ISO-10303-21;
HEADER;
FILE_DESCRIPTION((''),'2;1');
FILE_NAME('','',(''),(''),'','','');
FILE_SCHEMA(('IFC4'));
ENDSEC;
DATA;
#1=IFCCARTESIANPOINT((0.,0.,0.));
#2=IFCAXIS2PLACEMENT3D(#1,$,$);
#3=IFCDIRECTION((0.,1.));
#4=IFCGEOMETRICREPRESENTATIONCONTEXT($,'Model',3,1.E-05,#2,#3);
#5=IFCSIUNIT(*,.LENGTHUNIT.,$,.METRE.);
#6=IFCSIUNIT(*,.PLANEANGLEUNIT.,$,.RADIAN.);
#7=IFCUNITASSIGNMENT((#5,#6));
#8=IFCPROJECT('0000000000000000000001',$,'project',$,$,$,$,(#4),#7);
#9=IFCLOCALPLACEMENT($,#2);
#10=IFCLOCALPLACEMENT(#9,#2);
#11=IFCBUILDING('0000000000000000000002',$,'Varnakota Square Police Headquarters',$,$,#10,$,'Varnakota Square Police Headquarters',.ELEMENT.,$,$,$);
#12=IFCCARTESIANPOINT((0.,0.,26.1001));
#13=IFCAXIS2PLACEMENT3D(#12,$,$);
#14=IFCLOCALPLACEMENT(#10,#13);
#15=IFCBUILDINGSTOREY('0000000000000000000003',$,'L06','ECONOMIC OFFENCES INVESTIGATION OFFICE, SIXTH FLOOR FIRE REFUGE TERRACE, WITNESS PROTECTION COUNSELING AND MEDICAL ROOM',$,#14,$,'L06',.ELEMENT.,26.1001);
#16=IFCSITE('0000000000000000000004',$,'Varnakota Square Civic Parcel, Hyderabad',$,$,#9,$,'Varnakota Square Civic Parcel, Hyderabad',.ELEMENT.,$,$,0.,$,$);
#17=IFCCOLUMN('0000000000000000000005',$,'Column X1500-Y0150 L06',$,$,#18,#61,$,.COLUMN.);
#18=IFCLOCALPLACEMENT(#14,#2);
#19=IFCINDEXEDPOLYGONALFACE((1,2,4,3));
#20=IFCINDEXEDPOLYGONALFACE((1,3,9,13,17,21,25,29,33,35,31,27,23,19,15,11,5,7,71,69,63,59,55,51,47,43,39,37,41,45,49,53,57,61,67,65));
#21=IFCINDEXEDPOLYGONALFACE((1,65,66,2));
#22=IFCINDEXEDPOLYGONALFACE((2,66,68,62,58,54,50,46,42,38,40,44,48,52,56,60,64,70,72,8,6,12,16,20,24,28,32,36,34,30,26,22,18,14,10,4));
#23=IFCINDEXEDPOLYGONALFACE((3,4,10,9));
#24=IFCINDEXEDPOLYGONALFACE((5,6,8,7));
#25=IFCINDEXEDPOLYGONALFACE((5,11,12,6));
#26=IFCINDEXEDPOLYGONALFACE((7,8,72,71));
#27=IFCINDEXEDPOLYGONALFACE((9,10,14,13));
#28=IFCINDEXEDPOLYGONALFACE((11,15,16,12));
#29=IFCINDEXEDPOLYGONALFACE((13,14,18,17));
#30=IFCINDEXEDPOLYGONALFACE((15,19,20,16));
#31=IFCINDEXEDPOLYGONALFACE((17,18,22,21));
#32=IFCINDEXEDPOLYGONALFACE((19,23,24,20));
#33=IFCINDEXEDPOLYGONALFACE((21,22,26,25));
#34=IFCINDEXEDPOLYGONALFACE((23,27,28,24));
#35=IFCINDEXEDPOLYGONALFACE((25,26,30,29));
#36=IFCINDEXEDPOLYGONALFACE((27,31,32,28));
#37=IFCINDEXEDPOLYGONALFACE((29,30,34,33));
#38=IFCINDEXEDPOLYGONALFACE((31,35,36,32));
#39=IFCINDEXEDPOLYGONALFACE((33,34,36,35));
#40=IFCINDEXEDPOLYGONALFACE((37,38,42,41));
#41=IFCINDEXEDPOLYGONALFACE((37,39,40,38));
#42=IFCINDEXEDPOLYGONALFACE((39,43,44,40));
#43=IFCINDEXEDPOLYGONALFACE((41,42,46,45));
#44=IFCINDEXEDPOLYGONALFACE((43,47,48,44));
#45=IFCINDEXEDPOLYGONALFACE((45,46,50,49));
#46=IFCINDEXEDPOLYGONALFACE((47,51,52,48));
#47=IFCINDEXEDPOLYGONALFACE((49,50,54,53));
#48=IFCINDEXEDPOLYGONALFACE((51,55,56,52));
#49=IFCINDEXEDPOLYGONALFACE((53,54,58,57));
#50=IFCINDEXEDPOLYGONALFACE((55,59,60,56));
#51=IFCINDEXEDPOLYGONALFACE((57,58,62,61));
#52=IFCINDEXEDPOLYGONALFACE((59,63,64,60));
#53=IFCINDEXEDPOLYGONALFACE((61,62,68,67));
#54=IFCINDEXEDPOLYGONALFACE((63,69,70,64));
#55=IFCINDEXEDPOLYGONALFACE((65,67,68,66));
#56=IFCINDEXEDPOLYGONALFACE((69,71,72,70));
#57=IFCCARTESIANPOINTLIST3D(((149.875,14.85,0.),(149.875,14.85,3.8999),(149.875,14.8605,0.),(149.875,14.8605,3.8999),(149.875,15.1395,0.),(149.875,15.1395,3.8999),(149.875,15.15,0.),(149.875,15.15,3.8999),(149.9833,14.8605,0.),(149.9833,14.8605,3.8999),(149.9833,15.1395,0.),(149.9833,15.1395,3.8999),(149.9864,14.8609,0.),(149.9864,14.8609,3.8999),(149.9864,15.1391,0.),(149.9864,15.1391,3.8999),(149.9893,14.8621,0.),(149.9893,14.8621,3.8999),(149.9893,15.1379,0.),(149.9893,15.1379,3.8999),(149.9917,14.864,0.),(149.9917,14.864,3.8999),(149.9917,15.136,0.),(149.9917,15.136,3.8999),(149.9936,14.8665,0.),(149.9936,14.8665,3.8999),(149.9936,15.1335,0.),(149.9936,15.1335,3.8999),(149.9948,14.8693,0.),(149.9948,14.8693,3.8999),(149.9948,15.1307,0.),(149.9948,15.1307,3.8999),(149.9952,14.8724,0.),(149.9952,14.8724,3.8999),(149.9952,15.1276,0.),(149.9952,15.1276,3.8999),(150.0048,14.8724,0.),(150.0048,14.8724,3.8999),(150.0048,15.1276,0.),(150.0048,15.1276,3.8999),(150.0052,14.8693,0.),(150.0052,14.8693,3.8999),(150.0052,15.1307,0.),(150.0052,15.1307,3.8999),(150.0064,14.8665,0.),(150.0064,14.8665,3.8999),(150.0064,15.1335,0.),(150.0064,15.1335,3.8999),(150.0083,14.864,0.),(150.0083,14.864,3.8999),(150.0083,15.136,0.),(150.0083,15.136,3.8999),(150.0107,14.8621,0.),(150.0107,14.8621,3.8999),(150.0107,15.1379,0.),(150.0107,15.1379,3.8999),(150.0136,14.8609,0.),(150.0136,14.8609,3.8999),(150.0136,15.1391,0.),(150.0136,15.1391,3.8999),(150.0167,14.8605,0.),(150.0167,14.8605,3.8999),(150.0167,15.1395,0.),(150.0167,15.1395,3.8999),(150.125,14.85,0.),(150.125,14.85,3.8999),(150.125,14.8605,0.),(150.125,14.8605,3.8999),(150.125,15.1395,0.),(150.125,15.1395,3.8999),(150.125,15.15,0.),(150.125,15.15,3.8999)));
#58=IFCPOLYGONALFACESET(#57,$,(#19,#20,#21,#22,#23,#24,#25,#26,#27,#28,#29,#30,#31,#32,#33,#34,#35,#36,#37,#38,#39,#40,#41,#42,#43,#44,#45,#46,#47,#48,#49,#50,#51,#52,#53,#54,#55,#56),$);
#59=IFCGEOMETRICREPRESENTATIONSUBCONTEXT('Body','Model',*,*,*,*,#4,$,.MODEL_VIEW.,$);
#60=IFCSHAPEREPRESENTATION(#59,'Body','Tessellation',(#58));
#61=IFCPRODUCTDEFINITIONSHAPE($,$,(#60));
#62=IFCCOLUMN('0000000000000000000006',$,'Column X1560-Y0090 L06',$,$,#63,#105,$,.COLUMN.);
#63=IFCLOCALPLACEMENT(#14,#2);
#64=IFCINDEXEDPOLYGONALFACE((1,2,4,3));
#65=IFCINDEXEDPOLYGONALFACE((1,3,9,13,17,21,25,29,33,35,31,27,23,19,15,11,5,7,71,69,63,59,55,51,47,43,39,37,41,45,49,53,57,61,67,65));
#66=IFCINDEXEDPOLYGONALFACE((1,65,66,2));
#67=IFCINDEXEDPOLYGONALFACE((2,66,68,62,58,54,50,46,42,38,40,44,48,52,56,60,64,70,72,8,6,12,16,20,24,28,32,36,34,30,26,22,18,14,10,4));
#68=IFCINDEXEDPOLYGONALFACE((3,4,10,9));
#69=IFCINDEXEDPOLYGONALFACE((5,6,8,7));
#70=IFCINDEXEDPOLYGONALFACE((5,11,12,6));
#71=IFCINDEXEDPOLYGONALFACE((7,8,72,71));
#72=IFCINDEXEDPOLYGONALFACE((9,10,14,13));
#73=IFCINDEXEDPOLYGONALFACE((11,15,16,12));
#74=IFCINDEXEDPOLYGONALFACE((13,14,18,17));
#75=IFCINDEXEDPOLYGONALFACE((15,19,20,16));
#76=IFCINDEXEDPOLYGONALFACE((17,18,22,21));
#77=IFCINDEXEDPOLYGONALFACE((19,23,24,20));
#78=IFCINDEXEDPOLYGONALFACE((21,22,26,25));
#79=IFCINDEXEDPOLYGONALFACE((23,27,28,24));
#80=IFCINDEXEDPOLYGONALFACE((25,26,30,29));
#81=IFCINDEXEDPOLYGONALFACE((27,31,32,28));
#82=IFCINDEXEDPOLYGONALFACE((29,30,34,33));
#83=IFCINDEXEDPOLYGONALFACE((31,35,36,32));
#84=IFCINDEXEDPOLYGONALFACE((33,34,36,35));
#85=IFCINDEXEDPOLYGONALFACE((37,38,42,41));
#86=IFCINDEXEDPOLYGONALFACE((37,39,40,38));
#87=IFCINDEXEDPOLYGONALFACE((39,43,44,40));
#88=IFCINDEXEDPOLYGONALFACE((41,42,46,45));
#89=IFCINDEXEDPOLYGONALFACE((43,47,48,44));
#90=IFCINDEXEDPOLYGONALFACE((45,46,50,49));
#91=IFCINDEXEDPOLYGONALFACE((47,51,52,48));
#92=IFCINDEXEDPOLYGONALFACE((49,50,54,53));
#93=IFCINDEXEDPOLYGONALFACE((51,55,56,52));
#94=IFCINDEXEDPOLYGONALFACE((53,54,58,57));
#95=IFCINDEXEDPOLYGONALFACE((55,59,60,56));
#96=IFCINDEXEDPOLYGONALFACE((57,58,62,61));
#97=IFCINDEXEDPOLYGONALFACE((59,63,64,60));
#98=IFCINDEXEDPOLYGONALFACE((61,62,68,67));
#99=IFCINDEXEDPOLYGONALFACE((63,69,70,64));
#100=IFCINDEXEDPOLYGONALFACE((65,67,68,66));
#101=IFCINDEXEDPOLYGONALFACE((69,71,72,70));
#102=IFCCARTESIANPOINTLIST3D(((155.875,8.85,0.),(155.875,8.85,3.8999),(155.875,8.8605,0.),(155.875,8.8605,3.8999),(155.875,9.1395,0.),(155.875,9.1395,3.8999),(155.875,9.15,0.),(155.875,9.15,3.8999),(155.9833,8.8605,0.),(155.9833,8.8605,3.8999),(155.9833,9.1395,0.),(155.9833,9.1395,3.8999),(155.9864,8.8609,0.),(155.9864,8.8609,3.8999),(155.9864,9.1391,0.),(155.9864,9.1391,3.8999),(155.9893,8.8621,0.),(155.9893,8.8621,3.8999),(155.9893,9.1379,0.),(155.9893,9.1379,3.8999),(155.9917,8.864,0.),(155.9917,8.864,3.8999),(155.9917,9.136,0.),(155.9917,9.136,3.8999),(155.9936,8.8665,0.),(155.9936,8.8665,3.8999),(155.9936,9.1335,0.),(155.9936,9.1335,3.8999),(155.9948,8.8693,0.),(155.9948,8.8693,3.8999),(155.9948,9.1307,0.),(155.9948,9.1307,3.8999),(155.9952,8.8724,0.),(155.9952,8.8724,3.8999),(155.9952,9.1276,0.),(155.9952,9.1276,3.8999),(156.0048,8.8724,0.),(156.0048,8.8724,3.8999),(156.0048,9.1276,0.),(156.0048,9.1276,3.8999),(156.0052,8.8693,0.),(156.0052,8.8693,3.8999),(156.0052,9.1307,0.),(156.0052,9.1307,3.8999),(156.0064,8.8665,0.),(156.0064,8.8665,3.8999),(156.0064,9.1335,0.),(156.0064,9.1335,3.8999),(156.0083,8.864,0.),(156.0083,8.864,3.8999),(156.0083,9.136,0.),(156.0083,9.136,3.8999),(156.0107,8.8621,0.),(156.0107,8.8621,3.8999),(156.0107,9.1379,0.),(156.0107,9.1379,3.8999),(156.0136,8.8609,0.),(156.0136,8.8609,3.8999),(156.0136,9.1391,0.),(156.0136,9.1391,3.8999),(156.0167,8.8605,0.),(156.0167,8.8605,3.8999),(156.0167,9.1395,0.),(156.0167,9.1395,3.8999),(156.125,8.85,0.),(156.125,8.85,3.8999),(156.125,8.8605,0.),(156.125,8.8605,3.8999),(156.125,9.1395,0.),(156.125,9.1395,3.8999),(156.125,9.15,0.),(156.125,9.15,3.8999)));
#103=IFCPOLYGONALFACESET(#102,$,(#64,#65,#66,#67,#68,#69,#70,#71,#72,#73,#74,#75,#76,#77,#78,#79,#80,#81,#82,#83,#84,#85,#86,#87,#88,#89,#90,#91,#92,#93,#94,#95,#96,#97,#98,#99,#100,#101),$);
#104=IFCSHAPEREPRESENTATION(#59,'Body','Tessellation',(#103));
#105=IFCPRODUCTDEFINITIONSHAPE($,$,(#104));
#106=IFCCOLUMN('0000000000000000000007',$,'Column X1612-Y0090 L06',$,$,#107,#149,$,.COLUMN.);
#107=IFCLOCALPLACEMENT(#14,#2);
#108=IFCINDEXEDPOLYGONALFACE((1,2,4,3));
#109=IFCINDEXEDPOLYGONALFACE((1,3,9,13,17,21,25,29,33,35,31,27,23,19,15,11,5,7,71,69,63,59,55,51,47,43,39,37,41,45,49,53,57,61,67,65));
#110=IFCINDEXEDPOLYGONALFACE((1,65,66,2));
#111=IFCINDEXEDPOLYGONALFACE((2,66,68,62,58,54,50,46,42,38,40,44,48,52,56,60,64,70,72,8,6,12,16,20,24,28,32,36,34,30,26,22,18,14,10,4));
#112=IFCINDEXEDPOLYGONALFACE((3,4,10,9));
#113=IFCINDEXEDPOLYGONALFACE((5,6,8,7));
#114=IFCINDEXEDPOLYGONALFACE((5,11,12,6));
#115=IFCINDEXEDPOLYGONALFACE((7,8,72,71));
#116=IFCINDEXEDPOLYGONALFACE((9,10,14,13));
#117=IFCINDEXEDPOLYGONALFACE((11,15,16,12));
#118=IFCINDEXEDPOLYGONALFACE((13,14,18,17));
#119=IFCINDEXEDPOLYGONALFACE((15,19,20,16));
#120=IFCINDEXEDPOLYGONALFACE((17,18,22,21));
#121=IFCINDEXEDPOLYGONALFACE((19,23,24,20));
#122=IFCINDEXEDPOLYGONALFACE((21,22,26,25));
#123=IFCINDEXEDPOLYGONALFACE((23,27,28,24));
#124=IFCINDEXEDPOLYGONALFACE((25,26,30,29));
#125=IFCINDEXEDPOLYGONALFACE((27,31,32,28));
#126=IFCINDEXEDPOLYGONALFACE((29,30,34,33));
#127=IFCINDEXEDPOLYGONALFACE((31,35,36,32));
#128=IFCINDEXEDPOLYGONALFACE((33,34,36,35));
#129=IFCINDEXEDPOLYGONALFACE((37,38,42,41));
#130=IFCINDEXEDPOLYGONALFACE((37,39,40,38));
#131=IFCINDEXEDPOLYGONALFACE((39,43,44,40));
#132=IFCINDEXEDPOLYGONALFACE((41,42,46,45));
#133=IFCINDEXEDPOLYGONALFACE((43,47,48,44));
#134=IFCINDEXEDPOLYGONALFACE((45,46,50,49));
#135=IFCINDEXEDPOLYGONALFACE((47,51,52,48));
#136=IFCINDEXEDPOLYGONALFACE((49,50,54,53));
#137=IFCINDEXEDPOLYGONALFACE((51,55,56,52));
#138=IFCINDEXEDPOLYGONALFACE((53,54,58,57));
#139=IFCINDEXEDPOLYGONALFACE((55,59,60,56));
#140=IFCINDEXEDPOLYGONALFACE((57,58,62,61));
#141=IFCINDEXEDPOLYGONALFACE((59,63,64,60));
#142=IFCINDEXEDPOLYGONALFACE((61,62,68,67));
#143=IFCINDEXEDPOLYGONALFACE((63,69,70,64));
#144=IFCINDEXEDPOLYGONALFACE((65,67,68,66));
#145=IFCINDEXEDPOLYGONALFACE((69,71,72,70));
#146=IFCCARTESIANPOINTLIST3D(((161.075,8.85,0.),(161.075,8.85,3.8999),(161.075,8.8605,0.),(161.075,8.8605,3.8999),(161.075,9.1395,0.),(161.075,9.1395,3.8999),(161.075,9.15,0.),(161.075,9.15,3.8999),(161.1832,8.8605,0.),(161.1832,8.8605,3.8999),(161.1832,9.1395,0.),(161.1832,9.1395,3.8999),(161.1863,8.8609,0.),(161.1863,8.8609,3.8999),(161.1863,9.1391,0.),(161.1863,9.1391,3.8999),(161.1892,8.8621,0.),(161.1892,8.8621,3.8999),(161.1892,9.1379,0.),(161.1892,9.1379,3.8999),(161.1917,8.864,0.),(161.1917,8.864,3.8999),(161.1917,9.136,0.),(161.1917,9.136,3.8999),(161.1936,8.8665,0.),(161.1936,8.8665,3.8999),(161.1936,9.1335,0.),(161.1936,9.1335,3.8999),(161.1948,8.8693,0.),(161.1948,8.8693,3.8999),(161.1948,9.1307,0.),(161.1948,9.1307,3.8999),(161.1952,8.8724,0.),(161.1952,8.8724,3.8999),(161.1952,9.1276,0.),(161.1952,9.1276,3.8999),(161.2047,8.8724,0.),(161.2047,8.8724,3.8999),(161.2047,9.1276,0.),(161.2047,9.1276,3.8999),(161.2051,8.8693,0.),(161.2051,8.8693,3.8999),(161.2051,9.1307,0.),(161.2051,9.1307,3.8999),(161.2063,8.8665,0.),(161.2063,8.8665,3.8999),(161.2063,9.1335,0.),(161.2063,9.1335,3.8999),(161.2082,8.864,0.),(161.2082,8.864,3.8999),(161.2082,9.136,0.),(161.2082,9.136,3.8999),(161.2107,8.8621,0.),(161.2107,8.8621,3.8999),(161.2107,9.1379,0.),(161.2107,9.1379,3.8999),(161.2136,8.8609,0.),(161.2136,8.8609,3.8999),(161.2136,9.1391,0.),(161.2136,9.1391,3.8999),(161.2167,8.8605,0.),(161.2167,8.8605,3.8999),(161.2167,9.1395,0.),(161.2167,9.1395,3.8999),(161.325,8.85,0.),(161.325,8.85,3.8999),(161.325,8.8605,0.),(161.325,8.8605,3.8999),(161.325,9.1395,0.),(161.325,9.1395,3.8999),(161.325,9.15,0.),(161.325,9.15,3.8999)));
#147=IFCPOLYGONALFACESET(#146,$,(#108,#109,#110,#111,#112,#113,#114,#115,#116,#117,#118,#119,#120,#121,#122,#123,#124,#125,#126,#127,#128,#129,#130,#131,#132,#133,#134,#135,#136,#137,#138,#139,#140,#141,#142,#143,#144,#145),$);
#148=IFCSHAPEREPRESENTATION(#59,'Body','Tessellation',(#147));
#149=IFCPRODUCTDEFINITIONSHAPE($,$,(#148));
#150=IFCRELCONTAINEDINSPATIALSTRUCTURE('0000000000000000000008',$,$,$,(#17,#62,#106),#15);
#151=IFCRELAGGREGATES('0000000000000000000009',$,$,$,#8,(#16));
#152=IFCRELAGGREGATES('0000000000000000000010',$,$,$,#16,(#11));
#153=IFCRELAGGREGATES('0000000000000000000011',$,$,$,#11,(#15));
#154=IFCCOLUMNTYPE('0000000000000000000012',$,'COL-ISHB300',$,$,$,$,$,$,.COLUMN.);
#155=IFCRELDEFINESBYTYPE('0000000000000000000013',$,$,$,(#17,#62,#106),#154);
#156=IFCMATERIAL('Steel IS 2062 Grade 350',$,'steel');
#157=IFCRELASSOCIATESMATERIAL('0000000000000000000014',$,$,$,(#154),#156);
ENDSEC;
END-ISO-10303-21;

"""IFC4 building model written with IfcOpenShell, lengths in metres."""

from ifc_helpers import new_model, si_unit, direction, frame, origin, origin_2d, place, context, subcontext, project, spatial, i_section, extrude, material, material_profile, profile_set, type_object, element, save


model = new_model("IFC4")

# Units and contexts
model_context = context("Model", 3, precision=1e-05, world=origin(), true_north=direction((0.0, 1.0)))
body_context = subcontext(model_context, "Body", "Model", "MODEL_VIEW")
ifc_project = project(units=[si_unit("LENGTHUNIT", "METRE"), si_unit("PLANEANGLEUNIT", "RADIAN")], contexts=[model_context])

# Site, building, storey
site_placement = place(None, origin())
site = spatial("IfcSite", under=ifc_project, at=site_placement, Name="Varnakota Square Civic Parcel, Hyderabad", LongName="Varnakota Square Civic Parcel, Hyderabad", CompositionType="ELEMENT", RefElevation=0.0)
building_placement = place(site_placement, origin())
building = spatial("IfcBuilding", under=site, at=building_placement, Name="Varnakota Square Police Headquarters", LongName="Varnakota Square Police Headquarters", CompositionType="ELEMENT")
storey_placement = place(building_placement, frame((0.0, 0.0, 26.1001)))
storey = spatial("IfcBuildingStorey", under=building, at=storey_placement, Name="L06", Description="ECONOMIC OFFENCES INVESTIGATION OFFICE, SIXTH FLOOR FIRE REFUGE TERRACE, WITNESS PROTECTION COUNSELING AND MEDICAL ROOM", LongName="L06", CompositionType="ELEMENT", Elevation=26.1001)

# Columns
ifc_material_1 = material(Name="Steel IS 2062 Grade 350", Category="steel")
ifc_material_profile_1 = material_profile(ifc_material_1, i_section(OverallWidth=0.25, OverallDepth=0.3, WebThickness=0.0095, FlangeThickness=0.0105, FilletRadius=0.012, at=origin_2d()), Name="ISHB 300")
ifc_profile_set_1 = profile_set([ifc_material_profile_1], Name="Steel IS 2062 Grade 350")
column_type_1 = type_object("IfcColumnType", Name="COL-ISHB300", PredefinedType="COLUMN", material=ifc_profile_set_1)
for number, where, z_axis, x_axis, name in (
    (1, (150.0, 15.0, 0.0), (0.0, 0.0, 1.0), (1.0, 0.0, 0.0), "Column X1500-Y0150 L06"),
    (2, (156.0, 9.0, 0.0), (0.0, 0.0, 1.0), (1.0, 0.0, 0.0), "Column X1560-Y0090 L06"),
    (3, (161.2, 9.0, 0.0), (0.0, 0.0, 1.0), (1.0, 0.0, 0.0), "Column X1612-Y0090 L06"),
):
    element("IfcColumn", number, at=place(storey_placement, frame(where, z_axis=z_axis, x_axis=x_axis)), inside=storey, type_object=column_type_1, Name=name, PredefinedType="COLUMN", context=body_context, shape_type="SweptSolid", body=[
        extrude(i_section(OverallWidth=0.25, OverallDepth=0.3, WebThickness=0.0095, FlangeThickness=0.0105, FilletRadius=0.012, at=origin_2d()), origin(), (0.0, 0.0, 1.0), 3.8999),
    ])

save(model, "model.ifc")
